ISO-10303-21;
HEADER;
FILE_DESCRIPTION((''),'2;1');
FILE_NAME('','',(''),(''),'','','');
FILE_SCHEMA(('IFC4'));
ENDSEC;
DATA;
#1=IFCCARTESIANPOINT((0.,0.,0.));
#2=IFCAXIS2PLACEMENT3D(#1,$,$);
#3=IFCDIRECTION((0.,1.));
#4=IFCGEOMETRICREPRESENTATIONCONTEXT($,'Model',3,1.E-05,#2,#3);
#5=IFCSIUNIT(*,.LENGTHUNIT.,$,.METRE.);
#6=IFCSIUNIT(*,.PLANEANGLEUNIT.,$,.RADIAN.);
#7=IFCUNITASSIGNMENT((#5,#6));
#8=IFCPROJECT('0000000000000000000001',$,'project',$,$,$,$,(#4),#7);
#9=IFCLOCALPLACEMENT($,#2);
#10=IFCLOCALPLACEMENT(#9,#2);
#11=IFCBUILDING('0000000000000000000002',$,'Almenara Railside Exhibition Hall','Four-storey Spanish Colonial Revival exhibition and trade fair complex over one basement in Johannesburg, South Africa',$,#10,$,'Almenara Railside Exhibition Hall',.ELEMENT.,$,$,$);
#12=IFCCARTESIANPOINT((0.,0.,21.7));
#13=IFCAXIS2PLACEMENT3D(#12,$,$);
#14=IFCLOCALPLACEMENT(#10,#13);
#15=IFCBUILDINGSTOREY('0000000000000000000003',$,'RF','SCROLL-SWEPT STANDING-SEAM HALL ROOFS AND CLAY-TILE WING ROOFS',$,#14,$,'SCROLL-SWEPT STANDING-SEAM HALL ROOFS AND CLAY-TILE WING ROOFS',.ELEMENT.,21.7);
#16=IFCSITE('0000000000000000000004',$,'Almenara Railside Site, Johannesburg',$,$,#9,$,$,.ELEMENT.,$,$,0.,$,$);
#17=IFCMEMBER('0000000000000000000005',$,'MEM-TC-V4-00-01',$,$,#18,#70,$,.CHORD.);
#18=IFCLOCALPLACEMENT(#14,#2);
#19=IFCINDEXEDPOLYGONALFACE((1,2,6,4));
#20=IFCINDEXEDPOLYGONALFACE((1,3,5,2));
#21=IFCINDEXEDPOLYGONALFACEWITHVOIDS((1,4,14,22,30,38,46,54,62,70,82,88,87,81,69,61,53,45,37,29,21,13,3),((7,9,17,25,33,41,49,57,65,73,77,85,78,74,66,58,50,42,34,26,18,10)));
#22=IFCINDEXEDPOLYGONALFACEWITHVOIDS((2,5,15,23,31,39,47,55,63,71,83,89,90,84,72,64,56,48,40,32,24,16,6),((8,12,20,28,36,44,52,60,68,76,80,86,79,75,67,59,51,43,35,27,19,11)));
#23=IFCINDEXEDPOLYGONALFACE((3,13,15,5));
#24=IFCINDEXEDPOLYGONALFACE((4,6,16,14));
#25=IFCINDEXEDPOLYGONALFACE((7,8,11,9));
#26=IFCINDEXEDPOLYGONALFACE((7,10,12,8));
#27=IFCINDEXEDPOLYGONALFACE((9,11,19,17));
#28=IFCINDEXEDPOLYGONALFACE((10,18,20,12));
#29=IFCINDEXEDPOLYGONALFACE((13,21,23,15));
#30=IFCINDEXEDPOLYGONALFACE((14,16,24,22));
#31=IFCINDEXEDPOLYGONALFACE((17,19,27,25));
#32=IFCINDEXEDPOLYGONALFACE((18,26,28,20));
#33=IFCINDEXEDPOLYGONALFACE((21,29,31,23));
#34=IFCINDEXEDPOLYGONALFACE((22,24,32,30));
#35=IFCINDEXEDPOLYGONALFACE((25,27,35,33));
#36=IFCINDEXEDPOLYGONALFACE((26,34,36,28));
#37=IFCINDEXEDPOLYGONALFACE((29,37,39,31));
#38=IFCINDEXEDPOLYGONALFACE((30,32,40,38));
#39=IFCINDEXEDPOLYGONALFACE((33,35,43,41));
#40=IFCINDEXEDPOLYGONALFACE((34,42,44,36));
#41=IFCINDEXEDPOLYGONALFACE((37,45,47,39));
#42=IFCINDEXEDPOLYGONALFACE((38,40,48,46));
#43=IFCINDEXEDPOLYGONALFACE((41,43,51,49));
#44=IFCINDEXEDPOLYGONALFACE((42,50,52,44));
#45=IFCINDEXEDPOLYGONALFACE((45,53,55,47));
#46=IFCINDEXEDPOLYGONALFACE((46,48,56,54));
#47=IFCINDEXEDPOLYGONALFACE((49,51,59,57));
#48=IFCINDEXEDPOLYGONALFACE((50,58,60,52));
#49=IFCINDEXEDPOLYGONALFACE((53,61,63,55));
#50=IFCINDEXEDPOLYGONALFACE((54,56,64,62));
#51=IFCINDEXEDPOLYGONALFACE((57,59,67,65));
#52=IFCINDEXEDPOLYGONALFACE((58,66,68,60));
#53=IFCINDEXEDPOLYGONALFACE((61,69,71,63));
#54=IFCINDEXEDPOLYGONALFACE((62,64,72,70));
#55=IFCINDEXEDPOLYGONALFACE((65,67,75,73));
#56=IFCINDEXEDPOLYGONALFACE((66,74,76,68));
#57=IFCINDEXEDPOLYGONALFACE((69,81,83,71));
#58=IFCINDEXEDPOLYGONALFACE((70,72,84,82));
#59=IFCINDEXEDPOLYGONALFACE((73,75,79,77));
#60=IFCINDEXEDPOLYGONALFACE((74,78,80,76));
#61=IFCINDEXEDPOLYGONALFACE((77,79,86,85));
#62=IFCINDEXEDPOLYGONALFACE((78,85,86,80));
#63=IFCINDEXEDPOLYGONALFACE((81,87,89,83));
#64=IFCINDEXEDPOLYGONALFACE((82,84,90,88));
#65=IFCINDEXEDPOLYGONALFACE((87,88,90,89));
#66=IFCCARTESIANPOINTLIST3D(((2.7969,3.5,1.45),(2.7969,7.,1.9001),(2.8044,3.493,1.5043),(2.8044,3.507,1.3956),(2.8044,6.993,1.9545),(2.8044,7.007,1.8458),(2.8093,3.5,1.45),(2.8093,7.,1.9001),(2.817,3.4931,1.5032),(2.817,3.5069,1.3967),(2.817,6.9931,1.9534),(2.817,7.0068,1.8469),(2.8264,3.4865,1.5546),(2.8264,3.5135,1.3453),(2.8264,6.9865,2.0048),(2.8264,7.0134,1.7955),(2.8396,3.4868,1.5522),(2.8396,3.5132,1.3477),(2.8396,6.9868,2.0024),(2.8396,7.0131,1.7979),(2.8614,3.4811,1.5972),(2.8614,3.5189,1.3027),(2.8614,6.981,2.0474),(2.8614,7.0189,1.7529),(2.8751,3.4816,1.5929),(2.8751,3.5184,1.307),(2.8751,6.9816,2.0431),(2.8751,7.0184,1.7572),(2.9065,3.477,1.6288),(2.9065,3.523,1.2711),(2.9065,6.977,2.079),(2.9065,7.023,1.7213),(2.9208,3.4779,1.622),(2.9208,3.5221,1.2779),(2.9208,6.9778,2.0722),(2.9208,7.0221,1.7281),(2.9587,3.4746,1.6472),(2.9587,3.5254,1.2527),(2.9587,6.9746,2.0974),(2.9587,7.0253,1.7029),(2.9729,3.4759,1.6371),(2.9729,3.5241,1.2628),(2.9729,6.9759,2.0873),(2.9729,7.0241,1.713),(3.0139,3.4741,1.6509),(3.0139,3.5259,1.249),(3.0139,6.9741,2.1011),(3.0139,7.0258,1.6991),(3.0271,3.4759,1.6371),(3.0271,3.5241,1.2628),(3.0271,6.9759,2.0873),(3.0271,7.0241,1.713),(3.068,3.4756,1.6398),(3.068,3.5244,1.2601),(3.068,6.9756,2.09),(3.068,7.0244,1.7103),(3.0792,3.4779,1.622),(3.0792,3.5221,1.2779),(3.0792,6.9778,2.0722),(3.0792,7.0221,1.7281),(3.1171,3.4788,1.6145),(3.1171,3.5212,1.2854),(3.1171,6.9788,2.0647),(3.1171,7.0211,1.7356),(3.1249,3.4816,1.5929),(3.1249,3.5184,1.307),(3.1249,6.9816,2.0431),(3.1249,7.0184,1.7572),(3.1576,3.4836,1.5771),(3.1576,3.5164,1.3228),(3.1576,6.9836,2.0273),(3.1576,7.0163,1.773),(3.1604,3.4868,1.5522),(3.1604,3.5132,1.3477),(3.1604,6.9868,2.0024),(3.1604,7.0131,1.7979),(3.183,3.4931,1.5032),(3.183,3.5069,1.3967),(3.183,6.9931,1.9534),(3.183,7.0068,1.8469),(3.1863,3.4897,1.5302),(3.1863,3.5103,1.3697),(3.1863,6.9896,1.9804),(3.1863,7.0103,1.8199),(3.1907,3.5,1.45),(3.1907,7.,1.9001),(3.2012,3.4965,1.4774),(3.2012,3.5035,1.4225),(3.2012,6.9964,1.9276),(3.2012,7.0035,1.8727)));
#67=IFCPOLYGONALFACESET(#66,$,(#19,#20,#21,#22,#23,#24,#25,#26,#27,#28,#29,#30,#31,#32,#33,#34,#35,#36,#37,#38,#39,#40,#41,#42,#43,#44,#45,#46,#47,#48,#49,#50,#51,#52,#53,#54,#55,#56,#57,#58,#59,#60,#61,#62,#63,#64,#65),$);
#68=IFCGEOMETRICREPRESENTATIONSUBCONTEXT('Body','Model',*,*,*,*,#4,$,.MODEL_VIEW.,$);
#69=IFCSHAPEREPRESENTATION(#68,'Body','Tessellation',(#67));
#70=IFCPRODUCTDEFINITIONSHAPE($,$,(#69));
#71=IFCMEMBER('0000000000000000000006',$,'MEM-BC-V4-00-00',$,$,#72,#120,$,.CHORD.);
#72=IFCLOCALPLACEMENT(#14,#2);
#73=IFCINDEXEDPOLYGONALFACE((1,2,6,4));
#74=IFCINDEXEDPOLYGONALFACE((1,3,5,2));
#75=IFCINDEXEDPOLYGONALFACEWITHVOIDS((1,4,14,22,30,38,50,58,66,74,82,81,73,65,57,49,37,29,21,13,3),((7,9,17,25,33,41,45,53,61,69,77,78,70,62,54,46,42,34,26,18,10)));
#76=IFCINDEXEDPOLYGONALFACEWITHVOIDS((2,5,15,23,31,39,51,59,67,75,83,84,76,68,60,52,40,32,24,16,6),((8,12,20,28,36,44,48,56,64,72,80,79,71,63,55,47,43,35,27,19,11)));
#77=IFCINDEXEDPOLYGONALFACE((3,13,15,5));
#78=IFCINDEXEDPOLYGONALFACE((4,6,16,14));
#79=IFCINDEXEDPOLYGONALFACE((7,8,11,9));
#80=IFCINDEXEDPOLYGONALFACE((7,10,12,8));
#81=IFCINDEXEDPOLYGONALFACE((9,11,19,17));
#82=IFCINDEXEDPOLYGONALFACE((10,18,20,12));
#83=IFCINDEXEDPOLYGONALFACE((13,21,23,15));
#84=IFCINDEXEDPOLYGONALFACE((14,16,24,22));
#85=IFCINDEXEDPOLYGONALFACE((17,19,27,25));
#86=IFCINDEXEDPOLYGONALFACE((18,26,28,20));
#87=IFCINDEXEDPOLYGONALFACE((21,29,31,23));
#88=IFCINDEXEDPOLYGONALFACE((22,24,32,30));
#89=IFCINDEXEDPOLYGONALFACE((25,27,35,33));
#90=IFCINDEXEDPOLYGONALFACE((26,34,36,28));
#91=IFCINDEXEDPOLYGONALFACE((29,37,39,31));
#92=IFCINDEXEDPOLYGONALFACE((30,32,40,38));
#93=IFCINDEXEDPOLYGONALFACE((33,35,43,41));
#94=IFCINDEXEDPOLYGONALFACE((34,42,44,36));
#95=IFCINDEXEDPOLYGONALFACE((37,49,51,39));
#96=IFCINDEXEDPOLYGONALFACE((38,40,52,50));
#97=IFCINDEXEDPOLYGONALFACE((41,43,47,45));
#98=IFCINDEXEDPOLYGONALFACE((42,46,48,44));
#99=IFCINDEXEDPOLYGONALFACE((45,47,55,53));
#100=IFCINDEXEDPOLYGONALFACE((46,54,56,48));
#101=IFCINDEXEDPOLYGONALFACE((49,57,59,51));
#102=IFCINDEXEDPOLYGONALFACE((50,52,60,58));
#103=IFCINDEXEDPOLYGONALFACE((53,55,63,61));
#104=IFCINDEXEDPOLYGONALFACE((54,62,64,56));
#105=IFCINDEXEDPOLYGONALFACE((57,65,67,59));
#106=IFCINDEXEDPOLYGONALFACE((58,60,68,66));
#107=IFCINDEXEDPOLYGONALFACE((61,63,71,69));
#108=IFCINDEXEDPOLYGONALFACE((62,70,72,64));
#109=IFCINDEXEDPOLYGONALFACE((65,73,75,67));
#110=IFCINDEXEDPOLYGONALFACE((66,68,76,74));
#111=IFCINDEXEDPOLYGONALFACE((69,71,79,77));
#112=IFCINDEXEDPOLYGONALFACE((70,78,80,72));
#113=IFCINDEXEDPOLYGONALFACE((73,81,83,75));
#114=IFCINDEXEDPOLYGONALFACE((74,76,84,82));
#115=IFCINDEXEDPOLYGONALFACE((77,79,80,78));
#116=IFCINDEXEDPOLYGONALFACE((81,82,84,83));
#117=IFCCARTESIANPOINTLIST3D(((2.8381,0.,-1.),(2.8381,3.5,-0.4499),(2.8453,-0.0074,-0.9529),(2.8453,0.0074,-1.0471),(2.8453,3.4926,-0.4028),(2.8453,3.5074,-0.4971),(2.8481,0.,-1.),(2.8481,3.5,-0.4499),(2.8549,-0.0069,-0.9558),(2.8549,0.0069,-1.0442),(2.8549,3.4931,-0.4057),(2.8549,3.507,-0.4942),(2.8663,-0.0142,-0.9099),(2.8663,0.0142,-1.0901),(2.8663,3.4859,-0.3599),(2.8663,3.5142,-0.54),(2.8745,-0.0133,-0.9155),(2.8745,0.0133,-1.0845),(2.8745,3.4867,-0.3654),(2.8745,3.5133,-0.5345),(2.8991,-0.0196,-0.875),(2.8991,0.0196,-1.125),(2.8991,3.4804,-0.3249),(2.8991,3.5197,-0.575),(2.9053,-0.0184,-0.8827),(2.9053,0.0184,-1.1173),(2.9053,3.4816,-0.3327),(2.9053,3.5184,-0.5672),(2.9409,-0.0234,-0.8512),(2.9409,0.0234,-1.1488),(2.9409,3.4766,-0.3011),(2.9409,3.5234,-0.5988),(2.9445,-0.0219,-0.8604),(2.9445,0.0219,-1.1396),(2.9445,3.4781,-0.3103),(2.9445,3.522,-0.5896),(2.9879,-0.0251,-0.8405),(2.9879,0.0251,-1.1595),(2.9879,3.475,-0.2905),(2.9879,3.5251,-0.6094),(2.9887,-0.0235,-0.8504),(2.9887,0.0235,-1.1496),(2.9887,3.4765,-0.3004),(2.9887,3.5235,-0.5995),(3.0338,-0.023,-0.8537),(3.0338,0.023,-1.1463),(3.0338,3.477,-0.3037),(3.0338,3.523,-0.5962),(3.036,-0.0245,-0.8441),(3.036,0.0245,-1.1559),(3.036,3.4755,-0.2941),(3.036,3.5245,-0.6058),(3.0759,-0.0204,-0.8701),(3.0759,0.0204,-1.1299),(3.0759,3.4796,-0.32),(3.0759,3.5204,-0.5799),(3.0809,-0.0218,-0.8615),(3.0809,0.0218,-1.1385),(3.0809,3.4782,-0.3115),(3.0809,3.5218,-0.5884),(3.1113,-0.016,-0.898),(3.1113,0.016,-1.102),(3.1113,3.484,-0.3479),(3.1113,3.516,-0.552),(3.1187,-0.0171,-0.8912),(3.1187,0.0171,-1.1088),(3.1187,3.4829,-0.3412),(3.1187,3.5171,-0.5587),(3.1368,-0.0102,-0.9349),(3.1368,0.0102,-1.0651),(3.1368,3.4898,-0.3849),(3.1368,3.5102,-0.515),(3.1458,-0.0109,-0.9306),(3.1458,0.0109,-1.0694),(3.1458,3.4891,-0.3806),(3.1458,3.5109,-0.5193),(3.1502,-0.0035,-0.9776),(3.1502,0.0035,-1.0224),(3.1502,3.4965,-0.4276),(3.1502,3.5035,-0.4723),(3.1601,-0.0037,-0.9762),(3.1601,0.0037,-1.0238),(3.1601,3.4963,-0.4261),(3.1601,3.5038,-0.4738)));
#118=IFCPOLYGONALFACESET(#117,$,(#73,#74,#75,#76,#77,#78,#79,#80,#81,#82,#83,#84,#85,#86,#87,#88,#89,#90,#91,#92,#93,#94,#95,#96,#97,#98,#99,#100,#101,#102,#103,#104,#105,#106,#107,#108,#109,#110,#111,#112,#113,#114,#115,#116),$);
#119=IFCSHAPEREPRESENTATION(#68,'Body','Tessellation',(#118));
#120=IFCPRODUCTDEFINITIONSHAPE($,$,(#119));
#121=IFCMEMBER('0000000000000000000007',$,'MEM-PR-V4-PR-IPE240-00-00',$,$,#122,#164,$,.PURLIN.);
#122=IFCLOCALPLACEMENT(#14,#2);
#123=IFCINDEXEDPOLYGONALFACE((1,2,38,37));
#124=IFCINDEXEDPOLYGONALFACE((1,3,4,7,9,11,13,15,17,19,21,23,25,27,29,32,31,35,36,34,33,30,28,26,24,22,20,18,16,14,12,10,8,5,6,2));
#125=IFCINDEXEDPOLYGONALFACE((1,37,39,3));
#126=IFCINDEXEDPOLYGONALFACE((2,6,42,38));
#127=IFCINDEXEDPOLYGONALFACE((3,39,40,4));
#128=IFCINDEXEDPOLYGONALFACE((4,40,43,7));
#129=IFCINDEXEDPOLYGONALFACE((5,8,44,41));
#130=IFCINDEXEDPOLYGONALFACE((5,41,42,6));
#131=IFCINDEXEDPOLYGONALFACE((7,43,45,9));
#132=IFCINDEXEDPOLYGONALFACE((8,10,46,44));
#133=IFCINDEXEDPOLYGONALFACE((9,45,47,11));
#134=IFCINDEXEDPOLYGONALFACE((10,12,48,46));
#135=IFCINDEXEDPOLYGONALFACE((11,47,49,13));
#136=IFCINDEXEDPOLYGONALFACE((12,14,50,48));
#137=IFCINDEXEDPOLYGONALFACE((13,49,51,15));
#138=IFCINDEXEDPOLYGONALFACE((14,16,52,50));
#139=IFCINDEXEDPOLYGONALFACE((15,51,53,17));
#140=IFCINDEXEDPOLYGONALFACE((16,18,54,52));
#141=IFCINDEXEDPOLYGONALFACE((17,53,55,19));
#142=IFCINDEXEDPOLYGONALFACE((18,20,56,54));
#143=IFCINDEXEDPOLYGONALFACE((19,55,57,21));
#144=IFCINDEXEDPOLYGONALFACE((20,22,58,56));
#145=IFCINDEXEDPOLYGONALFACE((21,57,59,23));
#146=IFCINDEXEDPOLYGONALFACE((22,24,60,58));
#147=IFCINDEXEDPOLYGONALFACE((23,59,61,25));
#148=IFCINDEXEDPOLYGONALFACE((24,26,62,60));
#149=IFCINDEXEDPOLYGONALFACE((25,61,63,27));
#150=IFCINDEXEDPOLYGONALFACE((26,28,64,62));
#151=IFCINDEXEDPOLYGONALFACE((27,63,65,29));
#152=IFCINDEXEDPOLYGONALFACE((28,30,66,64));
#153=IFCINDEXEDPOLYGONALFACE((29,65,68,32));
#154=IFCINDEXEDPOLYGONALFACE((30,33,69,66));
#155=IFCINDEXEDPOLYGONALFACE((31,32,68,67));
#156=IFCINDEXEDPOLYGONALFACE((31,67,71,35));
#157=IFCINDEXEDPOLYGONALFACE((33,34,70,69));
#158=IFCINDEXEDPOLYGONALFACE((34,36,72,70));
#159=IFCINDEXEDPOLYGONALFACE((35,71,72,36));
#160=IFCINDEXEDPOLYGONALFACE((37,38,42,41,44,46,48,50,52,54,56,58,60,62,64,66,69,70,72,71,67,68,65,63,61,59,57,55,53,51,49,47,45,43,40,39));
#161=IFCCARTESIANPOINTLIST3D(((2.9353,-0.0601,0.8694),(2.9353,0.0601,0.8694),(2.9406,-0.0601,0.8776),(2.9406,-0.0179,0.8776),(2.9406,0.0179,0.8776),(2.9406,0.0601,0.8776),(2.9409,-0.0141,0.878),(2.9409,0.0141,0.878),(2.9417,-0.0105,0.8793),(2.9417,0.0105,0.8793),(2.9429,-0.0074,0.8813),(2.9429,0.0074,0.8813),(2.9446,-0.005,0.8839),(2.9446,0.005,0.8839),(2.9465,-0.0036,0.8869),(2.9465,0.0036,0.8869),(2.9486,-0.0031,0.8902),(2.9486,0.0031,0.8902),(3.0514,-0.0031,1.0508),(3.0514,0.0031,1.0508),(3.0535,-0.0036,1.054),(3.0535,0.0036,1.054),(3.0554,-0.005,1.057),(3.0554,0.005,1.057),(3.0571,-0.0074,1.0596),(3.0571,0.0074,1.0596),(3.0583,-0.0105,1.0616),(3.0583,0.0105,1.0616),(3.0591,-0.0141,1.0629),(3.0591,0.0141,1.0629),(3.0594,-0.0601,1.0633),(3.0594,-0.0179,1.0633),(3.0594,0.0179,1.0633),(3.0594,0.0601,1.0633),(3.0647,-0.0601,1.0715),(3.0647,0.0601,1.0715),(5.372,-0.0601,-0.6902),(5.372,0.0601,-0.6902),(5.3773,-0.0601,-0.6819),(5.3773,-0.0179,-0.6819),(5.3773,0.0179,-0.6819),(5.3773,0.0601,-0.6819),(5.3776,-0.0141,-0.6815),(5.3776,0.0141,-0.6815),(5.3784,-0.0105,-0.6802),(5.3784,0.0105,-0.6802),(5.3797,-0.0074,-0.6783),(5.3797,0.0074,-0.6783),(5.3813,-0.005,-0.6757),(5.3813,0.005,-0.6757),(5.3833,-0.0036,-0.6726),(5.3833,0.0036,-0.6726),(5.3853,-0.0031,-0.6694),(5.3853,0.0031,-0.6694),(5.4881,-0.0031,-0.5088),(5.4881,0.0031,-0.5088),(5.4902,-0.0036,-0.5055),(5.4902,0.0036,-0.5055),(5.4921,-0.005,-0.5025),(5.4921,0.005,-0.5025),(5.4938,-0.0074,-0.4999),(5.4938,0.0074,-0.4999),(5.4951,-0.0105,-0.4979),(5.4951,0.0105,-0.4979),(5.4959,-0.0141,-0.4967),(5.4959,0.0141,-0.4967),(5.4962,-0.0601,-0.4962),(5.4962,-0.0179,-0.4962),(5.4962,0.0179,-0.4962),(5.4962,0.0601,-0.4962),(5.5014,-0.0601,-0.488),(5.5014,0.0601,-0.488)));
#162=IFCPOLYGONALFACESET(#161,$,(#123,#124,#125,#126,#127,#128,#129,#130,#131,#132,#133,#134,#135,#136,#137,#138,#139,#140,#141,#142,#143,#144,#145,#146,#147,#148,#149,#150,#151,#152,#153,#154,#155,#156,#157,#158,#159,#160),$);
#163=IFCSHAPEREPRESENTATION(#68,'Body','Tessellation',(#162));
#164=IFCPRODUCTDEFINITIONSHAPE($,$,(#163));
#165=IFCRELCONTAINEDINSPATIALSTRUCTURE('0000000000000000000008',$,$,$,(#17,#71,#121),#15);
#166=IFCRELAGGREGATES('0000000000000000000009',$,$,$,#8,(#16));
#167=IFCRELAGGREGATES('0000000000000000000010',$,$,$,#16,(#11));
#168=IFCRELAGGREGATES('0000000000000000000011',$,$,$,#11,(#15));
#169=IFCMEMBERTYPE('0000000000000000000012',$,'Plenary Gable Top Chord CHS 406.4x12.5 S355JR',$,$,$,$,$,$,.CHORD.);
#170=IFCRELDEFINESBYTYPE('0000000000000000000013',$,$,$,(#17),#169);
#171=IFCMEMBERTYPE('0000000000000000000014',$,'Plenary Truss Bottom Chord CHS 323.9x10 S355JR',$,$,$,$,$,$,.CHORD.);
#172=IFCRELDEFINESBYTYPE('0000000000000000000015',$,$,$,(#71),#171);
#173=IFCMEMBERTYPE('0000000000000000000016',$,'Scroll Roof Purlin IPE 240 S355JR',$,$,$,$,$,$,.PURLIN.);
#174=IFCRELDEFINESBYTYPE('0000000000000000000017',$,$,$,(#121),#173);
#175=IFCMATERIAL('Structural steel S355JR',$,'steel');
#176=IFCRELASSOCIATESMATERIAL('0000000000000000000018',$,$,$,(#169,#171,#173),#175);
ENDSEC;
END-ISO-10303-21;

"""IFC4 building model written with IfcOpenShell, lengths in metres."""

from ifc_helpers import new_model, si_unit, direction, frame, origin, origin_2d, place, context, subcontext, project, spatial, hollow_circle, i_section, extrude, material, material_profile, profile_set, type_object, element, save


model = new_model("IFC4")

# Units and contexts
model_context = context("Model", 3, precision=1e-05, world=origin(), true_north=direction((0.0, 1.0)))
body_context = subcontext(model_context, "Body", "Model", "MODEL_VIEW")
ifc_project = project(units=[si_unit("LENGTHUNIT", "METRE"), si_unit("PLANEANGLEUNIT", "RADIAN")], contexts=[model_context])

# Site, building, storey
site_placement = place(None, origin())
site = spatial("IfcSite", under=ifc_project, at=site_placement, Name="Almenara Railside Site, Johannesburg", CompositionType="ELEMENT", RefElevation=0.0)
building_placement = place(site_placement, origin())
building = spatial("IfcBuilding", under=site, at=building_placement, Name="Almenara Railside Exhibition Hall", Description="Four-storey Spanish Colonial Revival exhibition and trade fair complex over one basement in Johannesburg, South Africa", LongName="Almenara Railside Exhibition Hall", CompositionType="ELEMENT")
storey_placement = place(building_placement, frame((0.0, 0.0, 21.7)))
storey = spatial("IfcBuildingStorey", under=building, at=storey_placement, Name="RF", Description="SCROLL-SWEPT STANDING-SEAM HALL ROOFS AND CLAY-TILE WING ROOFS", LongName="SCROLL-SWEPT STANDING-SEAM HALL ROOFS AND CLAY-TILE WING ROOFS", CompositionType="ELEMENT", Elevation=21.7)

# Shared definitions
ifc_material_1 = material(Name="Structural steel S355JR", Category="steel")

# Members
ifc_material_profile_1 = material_profile(ifc_material_1, hollow_circle(Radius=0.2031, WallThickness=0.0125, at=origin_2d()), Name="CHS 406.4x12.5")
ifc_profile_set_1 = profile_set([ifc_material_profile_1], Name="Structural steel S355JR")
member_type_1 = type_object("IfcMemberType", Name="Plenary Gable Top Chord CHS 406.4x12.5 S355JR", PredefinedType="CHORD", material=ifc_profile_set_1)
member_1_placement = place(storey_placement, frame((3.0, 3.5, 1.45), z_axis=(0.0, 0.991829, 0.127576), x_axis=(-1.0, 0.0, 0.0)))
element("IfcMember", 1, at=member_1_placement, inside=storey, type_object=member_type_1, Name="MEM-TC-V4-00-01", PredefinedType="CHORD", context=body_context, shape_type="SweptSolid", body=[
    extrude(hollow_circle(Radius=0.2031, WallThickness=0.0125, at=origin_2d()), origin(), (0.0, 0.0, 1.0), 3.5288),
])
ifc_material_profile_2 = material_profile(ifc_material_1, hollow_circle(Radius=0.1619, WallThickness=0.01, at=origin_2d()), Name="CHS 323.9x10")
ifc_profile_set_2 = profile_set([ifc_material_profile_2], Name="Structural steel S355JR")
member_type_2 = type_object("IfcMemberType", Name="Plenary Truss Bottom Chord CHS 323.9x10 S355JR", PredefinedType="CHORD", material=ifc_profile_set_2)
member_2_placement = place(storey_placement, frame((3.0, 0.0, -1.0), z_axis=(0.0, 0.987875, 0.155251), x_axis=(-1.0, 0.0, 0.0)))
element("IfcMember", 2, at=member_2_placement, inside=storey, type_object=member_type_2, Name="MEM-BC-V4-00-00", PredefinedType="CHORD", context=body_context, shape_type="SweptSolid", body=[
    extrude(hollow_circle(Radius=0.1619, WallThickness=0.01, at=origin_2d()), origin(), (0.0, 0.0, 1.0), 3.543),
])
ifc_material_profile_3 = material_profile(ifc_material_1, i_section(OverallWidth=0.1201, OverallDepth=0.24, WebThickness=0.0061, FlangeThickness=0.0098, FilletRadius=0.0149, at=origin_2d()), Name="IPE 240")
ifc_profile_set_3 = profile_set([ifc_material_profile_3], Name="Structural steel S355JR")
member_type_3 = type_object("IfcMemberType", Name="Scroll Roof Purlin IPE 240 S355JR", PredefinedType="PURLIN", material=ifc_profile_set_3)
member_3_placement = place(storey_placement, frame((3.0, 0.0, 0.9705), z_axis=(0.842265, 0.0, -0.539063), x_axis=(0.0, 1.0, 0.0)))
element("IfcMember", 3, at=member_3_placement, inside=storey, type_object=member_type_3, Name="MEM-PR-V4-PR-IPE240-00-00", PredefinedType="PURLIN", context=body_context, shape_type="SweptSolid", body=[
    extrude(i_section(OverallWidth=0.1201, OverallDepth=0.24, WebThickness=0.0061, FlangeThickness=0.0098, FilletRadius=0.0149, at=origin_2d()), origin(), (0.0, 0.0, 1.0), 2.8931),
])

save(model, "model.ifc")
